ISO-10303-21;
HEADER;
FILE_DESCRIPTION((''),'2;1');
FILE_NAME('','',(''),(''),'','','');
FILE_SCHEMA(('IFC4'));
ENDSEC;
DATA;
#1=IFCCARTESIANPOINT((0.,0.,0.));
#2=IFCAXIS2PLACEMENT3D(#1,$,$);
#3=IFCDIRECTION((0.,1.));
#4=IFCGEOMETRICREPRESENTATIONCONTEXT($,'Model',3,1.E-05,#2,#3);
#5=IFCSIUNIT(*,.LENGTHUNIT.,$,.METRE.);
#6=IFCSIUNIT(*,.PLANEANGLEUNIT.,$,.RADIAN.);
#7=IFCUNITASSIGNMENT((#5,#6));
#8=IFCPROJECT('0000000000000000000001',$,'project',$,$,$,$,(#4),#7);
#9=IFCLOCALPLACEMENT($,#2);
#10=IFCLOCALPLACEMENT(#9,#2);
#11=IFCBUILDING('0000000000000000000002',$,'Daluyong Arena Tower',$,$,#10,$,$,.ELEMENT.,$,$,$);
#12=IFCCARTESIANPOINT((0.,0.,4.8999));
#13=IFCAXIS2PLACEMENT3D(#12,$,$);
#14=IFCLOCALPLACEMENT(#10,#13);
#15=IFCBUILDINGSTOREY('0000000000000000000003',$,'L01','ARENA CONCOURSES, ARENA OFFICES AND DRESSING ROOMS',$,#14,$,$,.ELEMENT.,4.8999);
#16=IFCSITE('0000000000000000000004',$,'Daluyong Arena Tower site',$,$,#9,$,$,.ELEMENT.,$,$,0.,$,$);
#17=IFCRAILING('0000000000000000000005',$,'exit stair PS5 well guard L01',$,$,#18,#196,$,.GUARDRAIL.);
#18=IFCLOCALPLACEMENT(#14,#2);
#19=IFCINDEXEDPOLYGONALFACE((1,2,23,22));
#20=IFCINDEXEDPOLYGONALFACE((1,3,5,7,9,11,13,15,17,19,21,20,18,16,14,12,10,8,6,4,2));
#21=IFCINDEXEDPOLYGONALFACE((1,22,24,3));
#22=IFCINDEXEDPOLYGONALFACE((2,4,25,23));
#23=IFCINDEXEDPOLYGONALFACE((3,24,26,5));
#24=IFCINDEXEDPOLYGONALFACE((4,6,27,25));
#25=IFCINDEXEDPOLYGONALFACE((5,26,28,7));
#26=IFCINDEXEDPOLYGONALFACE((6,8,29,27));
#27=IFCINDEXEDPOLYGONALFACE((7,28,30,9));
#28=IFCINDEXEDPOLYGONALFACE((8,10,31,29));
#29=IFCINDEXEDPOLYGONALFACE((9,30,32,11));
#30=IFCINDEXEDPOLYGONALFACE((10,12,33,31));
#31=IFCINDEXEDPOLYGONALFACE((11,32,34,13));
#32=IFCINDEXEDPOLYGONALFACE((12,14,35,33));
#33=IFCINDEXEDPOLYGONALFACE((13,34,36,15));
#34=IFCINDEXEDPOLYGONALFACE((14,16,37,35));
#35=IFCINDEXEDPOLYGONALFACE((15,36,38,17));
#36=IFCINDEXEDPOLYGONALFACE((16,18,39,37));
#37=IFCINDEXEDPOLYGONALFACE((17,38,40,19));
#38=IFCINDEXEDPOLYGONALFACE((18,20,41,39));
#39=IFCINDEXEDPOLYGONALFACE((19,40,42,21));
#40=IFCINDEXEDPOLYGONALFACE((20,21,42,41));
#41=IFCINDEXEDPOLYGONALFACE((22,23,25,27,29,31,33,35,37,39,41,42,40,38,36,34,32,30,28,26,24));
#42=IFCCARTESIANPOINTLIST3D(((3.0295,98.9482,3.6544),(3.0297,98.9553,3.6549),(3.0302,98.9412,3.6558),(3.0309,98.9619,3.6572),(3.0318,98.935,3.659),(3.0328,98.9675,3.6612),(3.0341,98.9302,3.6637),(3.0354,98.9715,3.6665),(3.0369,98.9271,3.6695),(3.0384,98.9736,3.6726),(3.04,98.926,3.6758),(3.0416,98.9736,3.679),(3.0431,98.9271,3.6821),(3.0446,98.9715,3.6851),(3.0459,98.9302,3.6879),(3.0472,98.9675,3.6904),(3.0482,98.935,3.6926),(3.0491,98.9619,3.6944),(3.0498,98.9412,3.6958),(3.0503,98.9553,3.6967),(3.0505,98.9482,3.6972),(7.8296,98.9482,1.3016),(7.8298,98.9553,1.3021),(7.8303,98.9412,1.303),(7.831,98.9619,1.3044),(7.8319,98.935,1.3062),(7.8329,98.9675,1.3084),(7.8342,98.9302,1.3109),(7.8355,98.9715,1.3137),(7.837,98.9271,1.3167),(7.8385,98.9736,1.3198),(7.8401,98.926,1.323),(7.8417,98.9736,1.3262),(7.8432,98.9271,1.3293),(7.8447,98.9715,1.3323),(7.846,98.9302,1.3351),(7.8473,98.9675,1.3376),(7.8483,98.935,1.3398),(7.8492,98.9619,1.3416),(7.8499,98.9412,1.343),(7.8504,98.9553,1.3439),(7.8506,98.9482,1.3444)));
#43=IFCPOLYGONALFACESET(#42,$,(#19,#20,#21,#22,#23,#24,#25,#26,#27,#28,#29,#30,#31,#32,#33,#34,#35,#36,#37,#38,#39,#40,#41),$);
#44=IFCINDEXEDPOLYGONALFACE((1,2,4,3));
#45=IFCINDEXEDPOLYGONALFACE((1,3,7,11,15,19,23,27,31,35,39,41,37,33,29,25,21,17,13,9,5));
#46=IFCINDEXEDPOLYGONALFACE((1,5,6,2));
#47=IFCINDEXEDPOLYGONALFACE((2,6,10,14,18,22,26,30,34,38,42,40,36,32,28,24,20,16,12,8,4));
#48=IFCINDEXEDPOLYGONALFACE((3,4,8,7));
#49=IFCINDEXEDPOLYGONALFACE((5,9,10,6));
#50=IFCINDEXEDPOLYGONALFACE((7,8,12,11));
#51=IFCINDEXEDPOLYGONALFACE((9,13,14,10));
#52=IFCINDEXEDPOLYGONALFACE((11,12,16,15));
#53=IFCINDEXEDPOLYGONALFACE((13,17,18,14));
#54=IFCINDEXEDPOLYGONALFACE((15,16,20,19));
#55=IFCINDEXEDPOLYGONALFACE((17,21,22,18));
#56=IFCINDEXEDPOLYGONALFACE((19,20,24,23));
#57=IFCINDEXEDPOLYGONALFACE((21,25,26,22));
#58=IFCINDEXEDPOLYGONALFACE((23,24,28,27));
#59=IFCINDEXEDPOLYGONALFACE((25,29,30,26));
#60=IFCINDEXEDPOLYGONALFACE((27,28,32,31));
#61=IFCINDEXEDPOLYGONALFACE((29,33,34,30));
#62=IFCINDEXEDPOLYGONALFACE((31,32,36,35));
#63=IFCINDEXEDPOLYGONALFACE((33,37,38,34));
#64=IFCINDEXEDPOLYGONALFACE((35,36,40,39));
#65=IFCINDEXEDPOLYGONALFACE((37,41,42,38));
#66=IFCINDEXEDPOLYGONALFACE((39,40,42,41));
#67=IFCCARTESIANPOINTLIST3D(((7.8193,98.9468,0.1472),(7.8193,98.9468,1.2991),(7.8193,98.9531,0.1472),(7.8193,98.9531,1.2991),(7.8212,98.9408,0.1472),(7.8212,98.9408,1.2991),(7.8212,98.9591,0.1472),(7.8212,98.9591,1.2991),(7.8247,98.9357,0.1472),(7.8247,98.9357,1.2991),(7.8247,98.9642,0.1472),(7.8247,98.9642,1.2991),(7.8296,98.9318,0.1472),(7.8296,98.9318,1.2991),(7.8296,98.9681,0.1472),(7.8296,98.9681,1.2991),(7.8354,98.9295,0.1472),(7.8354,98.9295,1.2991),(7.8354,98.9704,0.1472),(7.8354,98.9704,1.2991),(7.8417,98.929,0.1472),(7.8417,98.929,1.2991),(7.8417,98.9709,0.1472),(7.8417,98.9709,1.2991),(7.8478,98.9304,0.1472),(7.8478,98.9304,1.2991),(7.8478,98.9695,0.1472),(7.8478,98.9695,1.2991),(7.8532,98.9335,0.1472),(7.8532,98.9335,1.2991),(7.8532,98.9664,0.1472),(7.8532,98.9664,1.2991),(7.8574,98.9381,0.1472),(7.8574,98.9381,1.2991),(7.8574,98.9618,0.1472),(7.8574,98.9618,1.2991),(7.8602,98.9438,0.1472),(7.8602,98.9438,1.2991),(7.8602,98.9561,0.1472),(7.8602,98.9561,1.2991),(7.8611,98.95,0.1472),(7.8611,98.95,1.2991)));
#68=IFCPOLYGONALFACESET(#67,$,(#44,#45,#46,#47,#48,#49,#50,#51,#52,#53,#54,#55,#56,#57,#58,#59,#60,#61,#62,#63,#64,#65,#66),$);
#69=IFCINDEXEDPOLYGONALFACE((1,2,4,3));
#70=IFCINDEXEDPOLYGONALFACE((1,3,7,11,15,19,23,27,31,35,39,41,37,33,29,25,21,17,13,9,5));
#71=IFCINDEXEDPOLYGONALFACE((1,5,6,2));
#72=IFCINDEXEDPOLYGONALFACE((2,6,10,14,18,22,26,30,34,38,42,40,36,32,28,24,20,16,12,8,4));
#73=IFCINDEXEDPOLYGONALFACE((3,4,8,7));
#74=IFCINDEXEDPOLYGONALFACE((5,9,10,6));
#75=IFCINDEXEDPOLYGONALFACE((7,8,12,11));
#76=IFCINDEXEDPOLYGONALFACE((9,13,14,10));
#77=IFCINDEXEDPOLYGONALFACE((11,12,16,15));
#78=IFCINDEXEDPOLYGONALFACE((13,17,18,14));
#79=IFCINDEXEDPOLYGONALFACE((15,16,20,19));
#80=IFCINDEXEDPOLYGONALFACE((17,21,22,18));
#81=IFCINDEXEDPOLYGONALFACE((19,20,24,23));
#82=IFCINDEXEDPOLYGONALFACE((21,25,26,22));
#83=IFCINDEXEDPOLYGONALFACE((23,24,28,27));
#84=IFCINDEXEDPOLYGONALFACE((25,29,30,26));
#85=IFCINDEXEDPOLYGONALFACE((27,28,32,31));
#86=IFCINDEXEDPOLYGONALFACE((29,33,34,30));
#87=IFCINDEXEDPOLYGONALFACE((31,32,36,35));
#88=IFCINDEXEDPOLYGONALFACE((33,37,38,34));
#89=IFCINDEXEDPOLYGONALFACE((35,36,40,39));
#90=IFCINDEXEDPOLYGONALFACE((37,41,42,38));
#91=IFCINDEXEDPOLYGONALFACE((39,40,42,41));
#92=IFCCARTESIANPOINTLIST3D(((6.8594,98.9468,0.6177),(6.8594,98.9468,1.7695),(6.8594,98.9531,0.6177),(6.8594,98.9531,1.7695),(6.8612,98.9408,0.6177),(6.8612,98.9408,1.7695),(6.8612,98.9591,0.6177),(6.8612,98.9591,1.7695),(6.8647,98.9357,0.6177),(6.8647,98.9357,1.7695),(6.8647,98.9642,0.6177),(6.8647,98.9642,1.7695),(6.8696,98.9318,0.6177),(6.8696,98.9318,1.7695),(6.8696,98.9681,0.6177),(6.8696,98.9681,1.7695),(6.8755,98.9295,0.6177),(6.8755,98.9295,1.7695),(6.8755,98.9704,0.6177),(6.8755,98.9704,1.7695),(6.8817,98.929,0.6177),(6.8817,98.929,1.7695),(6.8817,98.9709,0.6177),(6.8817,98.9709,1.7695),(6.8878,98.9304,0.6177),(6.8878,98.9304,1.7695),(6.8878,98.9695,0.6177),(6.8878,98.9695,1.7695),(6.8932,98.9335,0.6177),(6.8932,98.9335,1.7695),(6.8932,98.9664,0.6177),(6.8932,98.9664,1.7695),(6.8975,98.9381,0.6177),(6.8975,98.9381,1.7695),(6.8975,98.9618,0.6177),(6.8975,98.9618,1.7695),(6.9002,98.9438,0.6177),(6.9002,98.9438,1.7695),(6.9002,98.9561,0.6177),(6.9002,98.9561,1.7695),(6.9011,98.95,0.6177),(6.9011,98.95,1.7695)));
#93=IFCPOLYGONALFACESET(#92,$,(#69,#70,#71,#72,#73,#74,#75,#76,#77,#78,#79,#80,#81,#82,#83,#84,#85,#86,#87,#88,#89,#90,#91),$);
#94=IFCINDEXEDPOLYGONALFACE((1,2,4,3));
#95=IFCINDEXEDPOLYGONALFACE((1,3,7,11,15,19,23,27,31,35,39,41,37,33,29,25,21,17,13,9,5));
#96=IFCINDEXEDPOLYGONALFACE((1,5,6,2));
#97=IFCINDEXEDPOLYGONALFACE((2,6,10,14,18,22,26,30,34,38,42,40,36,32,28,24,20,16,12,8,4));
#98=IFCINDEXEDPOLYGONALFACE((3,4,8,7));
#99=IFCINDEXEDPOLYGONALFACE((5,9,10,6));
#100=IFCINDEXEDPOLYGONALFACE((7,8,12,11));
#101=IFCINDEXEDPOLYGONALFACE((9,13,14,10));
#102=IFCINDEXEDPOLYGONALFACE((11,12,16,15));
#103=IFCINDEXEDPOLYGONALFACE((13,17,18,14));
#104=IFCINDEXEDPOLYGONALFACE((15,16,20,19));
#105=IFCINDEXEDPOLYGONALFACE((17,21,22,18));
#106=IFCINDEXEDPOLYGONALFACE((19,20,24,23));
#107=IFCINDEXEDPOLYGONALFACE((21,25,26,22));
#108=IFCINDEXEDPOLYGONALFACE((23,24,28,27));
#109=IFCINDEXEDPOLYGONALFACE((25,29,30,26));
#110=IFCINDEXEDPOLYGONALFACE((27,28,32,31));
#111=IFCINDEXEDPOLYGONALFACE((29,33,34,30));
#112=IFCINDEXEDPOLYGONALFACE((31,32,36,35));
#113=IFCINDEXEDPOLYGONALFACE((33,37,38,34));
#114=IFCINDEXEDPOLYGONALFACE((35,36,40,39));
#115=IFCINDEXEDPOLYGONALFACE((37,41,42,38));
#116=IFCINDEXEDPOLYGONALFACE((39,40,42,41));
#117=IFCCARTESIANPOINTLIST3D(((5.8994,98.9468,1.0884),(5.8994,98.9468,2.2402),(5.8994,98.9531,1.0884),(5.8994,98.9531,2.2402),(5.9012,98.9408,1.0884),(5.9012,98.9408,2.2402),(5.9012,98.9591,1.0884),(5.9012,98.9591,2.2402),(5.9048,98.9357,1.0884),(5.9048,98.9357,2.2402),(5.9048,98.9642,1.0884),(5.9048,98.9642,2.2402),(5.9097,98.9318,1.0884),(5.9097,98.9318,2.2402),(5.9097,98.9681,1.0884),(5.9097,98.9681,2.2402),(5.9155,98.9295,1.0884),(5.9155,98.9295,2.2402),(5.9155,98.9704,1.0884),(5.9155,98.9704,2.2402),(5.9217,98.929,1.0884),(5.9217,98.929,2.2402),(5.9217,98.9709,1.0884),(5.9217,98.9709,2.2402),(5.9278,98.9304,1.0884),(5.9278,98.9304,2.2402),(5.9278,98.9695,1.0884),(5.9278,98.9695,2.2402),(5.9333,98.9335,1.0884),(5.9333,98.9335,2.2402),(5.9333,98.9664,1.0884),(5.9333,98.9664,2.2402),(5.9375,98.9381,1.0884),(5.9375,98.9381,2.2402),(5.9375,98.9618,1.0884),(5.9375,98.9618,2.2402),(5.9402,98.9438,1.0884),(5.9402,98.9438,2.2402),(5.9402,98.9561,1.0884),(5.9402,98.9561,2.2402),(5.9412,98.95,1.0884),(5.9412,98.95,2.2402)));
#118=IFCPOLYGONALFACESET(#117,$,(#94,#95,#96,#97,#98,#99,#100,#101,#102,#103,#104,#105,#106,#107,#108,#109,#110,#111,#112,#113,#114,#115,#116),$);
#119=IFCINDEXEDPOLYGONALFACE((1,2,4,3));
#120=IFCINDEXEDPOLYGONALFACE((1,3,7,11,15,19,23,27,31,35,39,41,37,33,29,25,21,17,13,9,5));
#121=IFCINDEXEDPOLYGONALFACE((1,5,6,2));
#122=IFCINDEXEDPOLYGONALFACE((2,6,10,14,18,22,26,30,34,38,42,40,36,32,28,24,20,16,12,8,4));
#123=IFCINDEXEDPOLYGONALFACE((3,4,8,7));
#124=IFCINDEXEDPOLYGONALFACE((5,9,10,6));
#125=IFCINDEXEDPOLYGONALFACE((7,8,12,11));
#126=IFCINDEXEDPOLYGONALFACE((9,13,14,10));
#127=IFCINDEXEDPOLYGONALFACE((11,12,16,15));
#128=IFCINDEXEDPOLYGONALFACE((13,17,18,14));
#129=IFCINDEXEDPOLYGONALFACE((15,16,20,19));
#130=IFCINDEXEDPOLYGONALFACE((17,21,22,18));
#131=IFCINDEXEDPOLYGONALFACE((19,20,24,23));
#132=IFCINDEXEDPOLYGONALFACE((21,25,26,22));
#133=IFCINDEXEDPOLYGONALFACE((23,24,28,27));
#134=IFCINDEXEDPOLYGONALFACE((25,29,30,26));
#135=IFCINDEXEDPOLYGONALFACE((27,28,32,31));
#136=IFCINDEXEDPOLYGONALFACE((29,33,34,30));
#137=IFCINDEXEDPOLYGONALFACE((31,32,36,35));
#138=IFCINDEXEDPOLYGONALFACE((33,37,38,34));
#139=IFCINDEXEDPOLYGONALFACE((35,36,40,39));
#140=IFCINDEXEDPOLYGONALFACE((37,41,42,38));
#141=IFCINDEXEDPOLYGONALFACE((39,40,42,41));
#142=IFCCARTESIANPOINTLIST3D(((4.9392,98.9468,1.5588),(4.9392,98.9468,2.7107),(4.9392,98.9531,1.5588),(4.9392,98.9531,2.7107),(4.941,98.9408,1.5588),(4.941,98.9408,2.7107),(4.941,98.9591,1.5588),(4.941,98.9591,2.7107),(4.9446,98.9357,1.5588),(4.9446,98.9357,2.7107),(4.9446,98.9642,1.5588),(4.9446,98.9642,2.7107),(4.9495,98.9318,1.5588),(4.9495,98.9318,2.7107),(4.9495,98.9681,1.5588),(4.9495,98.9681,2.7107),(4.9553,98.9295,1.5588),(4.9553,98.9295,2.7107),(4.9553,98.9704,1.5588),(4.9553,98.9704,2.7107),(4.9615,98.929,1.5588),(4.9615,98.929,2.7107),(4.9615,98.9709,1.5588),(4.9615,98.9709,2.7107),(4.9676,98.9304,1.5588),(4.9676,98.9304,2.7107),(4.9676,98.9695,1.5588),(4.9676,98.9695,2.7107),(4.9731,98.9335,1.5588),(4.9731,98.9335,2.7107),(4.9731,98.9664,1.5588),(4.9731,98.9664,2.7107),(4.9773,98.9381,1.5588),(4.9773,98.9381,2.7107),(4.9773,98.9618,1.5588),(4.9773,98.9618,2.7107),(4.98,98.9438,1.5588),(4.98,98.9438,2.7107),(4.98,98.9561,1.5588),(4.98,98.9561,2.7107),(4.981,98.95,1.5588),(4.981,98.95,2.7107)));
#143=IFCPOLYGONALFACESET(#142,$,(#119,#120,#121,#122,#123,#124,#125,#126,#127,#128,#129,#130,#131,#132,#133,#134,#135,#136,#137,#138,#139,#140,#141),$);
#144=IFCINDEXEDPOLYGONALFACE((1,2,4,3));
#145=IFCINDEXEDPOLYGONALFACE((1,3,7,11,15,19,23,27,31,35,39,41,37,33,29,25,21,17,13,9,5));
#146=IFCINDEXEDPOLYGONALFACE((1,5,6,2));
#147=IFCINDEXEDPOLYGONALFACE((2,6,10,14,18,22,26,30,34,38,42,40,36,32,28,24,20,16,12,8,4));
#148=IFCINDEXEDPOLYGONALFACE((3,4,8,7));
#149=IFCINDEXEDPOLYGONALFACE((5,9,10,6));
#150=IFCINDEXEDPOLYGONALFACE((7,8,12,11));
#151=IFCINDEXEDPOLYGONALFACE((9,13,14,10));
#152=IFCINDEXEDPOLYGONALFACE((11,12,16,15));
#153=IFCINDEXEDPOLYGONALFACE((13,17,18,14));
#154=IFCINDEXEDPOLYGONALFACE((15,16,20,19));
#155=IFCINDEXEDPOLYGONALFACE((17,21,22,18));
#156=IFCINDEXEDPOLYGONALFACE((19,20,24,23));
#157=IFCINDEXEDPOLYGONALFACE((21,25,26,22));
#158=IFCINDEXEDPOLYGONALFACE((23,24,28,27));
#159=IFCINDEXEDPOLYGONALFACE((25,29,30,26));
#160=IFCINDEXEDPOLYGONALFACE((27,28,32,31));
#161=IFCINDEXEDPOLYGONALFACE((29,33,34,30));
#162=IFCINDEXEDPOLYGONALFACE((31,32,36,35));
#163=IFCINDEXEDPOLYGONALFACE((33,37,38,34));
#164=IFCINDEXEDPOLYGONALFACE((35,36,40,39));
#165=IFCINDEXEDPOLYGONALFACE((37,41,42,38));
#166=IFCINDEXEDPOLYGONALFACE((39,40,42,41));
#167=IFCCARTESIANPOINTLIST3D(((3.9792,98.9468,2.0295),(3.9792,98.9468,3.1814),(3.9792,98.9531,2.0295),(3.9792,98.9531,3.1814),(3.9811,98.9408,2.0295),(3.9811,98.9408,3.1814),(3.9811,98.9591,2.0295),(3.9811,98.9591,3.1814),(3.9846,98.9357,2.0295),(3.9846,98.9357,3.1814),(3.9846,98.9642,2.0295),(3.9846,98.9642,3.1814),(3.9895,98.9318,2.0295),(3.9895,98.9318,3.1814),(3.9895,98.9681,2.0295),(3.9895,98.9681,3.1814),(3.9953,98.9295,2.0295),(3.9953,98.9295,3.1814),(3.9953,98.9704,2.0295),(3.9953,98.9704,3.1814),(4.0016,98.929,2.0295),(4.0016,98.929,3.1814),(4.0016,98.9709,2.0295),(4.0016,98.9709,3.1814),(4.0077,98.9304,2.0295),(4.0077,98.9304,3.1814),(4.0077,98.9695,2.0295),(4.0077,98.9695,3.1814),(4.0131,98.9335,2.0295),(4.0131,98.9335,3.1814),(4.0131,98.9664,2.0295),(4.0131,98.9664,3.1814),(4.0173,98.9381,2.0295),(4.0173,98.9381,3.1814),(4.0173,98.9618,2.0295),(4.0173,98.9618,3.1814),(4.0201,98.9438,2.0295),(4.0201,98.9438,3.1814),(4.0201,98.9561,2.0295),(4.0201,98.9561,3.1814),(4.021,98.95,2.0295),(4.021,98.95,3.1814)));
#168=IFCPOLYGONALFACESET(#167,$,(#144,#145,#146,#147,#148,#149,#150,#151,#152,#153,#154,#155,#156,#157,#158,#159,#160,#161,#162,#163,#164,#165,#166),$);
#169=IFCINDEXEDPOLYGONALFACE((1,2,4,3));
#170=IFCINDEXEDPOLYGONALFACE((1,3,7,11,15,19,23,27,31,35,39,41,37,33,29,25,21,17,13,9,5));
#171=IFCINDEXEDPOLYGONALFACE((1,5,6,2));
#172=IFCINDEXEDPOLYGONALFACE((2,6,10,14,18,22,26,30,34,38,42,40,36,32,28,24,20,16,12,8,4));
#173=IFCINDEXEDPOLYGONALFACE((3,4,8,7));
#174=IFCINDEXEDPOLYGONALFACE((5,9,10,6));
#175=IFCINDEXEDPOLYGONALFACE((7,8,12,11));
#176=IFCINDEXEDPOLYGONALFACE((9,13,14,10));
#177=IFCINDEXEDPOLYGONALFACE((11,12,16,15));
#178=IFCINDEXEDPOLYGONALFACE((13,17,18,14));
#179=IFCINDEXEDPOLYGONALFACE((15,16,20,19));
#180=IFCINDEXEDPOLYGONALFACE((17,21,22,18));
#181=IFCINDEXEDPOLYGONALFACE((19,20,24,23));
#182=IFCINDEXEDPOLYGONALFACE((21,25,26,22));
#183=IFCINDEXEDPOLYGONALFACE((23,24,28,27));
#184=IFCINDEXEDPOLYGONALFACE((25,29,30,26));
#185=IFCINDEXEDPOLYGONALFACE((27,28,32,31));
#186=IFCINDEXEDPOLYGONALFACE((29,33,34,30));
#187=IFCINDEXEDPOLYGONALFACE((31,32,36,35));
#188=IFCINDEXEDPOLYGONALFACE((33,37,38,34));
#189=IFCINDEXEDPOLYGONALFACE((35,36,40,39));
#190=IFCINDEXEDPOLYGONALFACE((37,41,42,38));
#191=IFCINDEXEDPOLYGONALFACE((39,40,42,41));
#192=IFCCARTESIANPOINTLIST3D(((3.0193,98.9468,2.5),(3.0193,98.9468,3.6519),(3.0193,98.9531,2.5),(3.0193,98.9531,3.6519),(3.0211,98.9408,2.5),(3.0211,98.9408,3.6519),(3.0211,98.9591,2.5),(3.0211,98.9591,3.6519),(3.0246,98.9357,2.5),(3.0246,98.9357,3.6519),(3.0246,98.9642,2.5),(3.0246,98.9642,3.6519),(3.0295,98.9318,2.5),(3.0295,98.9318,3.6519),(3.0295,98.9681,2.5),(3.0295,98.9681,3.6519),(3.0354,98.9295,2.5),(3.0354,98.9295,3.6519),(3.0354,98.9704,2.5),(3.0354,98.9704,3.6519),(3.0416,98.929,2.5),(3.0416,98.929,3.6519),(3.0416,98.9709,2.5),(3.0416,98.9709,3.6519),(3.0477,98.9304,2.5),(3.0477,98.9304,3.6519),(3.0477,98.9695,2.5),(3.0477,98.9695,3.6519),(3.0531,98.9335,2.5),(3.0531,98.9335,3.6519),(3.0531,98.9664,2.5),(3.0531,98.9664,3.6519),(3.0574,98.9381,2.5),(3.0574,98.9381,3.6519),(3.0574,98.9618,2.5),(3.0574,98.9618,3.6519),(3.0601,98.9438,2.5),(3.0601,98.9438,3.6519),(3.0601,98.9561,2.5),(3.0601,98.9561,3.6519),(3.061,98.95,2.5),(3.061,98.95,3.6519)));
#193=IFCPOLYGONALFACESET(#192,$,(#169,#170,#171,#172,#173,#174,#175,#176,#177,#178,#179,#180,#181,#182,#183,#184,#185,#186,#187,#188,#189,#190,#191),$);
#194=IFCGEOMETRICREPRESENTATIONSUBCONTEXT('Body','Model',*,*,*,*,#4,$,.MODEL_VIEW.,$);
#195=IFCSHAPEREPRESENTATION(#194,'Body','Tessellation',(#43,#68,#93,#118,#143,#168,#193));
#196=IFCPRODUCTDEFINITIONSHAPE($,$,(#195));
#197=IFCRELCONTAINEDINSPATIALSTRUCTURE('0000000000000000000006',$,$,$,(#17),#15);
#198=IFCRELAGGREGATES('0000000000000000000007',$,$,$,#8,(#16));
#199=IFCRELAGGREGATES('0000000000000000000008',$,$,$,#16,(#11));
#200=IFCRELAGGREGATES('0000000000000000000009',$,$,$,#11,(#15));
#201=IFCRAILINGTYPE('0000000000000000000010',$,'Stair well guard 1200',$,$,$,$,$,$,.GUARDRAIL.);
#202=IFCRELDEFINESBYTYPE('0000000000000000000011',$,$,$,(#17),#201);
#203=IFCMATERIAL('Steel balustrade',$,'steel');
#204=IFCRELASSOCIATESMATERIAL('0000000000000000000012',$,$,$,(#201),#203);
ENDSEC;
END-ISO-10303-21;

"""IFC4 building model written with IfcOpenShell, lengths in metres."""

from ifc_helpers import new_model, si_unit, direction, frame, origin, origin_2d, place, context, subcontext, project, spatial, circle, extrude, material, type_object, element, save


model = new_model("IFC4")

# Units and contexts
model_context = context("Model", 3, precision=1e-05, world=origin(), true_north=direction((0.0, 1.0)))
body_context = subcontext(model_context, "Body", "Model", "MODEL_VIEW")
ifc_project = project(units=[si_unit("LENGTHUNIT", "METRE"), si_unit("PLANEANGLEUNIT", "RADIAN")], contexts=[model_context])

# Site, building, storey
site_placement = place(None, origin())
site = spatial("IfcSite", under=ifc_project, at=site_placement, Name="Daluyong Arena Tower site", CompositionType="ELEMENT", RefElevation=0.0)
building_placement = place(site_placement, origin())
building = spatial("IfcBuilding", under=site, at=building_placement, Name="Daluyong Arena Tower", CompositionType="ELEMENT")
storey_placement = place(building_placement, frame((0.0, 0.0, 4.8999)))
storey = spatial("IfcBuildingStorey", under=building, at=storey_placement, Name="L01", Description="ARENA CONCOURSES, ARENA OFFICES AND DRESSING ROOMS", CompositionType="ELEMENT", Elevation=4.8999)

# Railing
ifc_material_1 = material(Name="Steel balustrade", Category="steel")
railing_type_1 = type_object("IfcRailingType", Name="Stair well guard 1200", PredefinedType="GUARDRAIL", material=ifc_material_1)
railing_1_placement = place(storey_placement, frame((7.8401, 98.95, 0.1472)))
element("IfcRailing", 1, at=railing_1_placement, inside=storey, type_object=railing_type_1, Name="exit stair PS5 well guard L01", PredefinedType="GUARDRAIL", context=body_context, shape_type="SweptSolid", body=[
    extrude(circle(Radius=0.0239, at=origin_2d()), frame((0.0, 0.0, 1.1758), z_axis=(-0.897934, 0.0, 0.44013), x_axis=(0.0, -1.0, 0.0)), (0.0, 0.0, 1.0), 5.3457),
    extrude(circle(Radius=0.021, at=origin_2d()), origin(), (0.0, 0.0, 1.0), 1.1519),
    extrude(circle(Radius=0.021, at=origin_2d()), frame((-0.96, 0.0, 0.4705)), (0.0, 0.0, 1.0), 1.1519),
    extrude(circle(Radius=0.021, at=origin_2d()), frame((-1.9199, 0.0, 0.9412)), (0.0, 0.0, 1.0), 1.1519),
    extrude(circle(Radius=0.021, at=origin_2d()), frame((-2.8801, 0.0, 1.4116)), (0.0, 0.0, 1.0), 1.1519),
    extrude(circle(Radius=0.021, at=origin_2d()), frame((-3.8401, 0.0, 1.8823)), (0.0, 0.0, 1.0), 1.1519),
    extrude(circle(Radius=0.021, at=origin_2d()), frame((-4.8, 0.0, 2.3528)), (0.0, 0.0, 1.0), 1.1519),
])

save(model, "model.ifc")
